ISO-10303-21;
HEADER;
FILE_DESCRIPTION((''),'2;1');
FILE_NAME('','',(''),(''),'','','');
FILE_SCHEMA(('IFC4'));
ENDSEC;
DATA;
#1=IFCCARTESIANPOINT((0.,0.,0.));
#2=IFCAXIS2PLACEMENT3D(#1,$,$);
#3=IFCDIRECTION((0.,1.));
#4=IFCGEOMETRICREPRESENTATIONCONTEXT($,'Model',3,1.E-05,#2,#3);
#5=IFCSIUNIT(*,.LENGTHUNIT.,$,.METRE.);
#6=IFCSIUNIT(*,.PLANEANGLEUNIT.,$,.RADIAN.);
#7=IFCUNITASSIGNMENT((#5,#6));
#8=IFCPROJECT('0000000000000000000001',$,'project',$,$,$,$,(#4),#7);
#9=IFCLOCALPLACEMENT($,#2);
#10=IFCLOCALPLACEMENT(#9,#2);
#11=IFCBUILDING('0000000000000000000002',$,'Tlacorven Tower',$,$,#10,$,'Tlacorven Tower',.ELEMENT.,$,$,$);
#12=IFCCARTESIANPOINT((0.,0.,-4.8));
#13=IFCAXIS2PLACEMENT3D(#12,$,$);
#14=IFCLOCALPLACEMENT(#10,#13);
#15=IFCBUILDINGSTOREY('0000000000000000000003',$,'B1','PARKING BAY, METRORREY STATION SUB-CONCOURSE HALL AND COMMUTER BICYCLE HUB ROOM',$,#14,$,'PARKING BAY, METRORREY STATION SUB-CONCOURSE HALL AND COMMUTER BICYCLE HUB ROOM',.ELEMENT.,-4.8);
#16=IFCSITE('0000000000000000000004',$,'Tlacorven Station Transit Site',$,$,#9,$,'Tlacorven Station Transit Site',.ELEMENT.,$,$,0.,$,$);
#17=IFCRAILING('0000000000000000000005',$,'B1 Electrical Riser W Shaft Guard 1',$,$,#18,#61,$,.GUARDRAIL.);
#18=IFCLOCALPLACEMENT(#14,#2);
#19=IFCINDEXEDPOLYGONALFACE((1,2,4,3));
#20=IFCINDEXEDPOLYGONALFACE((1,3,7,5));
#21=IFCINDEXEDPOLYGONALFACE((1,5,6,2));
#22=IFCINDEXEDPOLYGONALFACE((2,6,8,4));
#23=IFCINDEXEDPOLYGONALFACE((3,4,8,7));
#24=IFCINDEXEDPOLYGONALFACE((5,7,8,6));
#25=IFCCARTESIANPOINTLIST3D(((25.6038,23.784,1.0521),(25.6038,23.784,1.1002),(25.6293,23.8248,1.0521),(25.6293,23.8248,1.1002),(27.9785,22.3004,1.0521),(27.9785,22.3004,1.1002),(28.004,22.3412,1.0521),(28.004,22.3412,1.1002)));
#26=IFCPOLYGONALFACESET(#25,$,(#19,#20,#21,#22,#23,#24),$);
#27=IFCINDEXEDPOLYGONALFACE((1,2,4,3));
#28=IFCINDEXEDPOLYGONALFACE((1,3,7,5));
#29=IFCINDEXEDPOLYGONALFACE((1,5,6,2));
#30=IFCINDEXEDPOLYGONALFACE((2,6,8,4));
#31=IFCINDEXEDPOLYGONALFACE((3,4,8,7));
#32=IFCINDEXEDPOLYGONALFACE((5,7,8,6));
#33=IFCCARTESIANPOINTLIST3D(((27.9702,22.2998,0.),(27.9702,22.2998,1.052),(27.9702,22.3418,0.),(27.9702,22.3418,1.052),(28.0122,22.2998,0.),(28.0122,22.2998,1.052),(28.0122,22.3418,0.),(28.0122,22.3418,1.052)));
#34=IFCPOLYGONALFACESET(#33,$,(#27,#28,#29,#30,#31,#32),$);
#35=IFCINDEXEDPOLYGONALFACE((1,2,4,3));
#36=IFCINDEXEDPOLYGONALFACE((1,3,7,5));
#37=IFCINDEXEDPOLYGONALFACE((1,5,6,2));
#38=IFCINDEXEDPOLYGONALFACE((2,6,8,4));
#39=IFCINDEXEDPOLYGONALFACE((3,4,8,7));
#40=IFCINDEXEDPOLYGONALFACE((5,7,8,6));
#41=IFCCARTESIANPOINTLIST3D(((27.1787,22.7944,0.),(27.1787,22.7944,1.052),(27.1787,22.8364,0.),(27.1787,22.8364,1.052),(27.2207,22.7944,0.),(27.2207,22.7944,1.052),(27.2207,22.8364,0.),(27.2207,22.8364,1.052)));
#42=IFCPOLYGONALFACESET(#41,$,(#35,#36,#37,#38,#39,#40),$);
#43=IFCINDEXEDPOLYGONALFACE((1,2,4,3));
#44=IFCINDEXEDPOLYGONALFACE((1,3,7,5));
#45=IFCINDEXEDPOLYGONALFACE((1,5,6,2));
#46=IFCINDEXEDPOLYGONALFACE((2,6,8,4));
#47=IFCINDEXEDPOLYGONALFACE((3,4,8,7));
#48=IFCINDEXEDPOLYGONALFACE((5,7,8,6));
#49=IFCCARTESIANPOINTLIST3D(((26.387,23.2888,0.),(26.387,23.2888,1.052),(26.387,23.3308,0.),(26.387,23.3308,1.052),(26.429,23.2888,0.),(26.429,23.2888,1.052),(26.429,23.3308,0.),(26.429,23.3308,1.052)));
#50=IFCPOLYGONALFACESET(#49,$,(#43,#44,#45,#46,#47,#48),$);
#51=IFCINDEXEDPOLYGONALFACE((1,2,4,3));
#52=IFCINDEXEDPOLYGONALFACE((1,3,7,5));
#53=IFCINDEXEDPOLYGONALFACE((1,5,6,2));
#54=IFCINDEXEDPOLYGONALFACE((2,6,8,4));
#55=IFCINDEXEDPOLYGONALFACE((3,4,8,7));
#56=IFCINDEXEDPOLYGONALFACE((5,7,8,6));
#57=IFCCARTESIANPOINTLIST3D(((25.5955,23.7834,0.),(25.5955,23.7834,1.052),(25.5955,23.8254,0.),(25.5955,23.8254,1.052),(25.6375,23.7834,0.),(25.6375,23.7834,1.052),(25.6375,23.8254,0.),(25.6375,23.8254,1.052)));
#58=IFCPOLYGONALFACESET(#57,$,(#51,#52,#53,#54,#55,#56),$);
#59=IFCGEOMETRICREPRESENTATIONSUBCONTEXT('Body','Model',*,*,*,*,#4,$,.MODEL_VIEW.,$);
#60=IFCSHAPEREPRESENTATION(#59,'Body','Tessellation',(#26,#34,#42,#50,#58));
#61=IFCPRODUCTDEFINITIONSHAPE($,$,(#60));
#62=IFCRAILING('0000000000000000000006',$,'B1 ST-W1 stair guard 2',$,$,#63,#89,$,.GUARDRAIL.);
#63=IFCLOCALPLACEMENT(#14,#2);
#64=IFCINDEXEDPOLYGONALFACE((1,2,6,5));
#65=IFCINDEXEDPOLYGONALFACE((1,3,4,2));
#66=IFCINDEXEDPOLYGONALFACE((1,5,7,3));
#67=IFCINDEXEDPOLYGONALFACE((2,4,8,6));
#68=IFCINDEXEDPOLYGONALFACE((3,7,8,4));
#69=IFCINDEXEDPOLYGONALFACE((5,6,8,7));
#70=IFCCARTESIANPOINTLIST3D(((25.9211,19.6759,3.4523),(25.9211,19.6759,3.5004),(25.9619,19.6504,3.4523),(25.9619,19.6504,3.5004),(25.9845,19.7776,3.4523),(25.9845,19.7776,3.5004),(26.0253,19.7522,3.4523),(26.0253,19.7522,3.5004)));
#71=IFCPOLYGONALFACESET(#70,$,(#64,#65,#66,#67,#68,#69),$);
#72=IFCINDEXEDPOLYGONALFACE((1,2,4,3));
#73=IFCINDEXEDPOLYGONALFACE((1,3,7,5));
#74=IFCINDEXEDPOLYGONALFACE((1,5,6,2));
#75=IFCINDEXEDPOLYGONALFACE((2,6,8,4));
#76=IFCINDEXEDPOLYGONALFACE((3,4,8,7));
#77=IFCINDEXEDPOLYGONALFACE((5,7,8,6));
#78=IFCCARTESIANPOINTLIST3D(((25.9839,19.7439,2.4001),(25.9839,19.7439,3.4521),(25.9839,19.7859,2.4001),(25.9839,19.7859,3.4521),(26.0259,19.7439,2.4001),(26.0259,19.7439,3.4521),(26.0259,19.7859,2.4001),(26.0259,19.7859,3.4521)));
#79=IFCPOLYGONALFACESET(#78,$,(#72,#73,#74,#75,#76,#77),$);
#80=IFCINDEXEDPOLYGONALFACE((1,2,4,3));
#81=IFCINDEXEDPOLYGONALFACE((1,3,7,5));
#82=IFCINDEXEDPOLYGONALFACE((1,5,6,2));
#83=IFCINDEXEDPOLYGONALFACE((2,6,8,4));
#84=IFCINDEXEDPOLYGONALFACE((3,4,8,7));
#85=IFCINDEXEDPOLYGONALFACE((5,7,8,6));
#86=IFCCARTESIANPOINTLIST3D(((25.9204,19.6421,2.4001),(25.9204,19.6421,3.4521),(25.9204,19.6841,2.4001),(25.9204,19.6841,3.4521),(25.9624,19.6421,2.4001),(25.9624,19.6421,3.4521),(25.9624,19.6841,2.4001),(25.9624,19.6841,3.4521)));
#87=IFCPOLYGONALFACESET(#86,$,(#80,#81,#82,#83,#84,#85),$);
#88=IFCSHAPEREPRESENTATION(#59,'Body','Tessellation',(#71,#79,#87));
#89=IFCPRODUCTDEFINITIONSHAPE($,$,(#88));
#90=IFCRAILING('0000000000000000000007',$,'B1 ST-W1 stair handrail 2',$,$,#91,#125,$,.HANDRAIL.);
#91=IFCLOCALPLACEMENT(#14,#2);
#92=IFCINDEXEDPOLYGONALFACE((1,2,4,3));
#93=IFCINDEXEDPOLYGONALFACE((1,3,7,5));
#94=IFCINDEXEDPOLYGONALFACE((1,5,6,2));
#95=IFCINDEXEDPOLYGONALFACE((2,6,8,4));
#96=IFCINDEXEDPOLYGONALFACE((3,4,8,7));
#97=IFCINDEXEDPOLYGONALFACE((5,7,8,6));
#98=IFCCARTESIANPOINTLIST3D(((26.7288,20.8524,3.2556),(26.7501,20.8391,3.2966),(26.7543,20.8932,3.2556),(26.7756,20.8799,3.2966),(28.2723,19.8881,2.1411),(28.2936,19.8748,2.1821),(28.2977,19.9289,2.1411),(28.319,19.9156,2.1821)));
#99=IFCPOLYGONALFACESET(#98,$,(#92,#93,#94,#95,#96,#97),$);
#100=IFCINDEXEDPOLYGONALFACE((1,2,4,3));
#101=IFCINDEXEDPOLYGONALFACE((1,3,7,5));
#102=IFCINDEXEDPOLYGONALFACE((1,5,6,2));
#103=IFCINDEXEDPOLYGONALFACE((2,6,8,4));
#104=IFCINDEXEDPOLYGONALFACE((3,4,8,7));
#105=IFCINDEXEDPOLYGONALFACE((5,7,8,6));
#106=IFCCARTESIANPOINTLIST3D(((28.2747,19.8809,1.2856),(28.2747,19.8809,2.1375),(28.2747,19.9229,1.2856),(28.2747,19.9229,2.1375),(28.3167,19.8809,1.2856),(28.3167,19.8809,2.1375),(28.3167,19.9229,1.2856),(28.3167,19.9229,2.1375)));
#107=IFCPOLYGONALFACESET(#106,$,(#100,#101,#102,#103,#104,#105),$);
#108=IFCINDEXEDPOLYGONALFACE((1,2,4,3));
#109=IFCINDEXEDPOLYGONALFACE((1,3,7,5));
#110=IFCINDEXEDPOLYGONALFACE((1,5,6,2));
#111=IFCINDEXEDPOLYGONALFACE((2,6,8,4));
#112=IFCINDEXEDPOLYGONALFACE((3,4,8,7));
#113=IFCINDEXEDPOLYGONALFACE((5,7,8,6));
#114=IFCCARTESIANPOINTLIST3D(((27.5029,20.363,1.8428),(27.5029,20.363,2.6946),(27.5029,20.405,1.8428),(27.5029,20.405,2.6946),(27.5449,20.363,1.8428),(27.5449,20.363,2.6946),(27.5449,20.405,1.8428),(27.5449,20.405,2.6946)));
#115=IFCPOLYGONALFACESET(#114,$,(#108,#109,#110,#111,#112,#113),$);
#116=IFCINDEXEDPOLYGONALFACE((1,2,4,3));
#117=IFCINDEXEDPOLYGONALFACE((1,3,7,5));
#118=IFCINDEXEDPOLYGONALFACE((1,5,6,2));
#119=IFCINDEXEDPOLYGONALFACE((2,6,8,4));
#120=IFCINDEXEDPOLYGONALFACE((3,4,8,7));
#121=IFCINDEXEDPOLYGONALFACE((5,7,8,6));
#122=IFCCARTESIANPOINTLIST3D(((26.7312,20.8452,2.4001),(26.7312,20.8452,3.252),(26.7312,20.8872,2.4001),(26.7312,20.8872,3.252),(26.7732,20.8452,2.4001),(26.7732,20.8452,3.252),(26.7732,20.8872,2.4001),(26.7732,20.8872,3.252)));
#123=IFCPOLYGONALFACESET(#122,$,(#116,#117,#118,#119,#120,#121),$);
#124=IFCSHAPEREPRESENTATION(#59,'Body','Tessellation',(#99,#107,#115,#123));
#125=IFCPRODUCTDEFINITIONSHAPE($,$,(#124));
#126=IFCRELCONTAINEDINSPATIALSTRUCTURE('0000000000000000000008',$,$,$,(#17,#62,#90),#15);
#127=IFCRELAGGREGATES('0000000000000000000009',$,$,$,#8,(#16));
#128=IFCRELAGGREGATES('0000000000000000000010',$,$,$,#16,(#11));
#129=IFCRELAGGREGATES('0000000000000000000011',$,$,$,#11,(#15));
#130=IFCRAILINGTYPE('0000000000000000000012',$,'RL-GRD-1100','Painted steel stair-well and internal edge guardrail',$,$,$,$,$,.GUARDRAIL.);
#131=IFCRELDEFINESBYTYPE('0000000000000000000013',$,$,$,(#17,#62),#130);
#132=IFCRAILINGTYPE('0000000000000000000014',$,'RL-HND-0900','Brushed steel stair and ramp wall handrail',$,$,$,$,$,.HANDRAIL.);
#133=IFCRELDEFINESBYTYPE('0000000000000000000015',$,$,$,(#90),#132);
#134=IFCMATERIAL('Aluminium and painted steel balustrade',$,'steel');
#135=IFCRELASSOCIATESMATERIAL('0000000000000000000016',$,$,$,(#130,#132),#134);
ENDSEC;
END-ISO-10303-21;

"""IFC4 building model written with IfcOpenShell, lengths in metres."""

from ifc_helpers import new_model, si_unit, direction, frame, origin, origin_2d, place, context, subcontext, project, spatial, rectangle, extrude, source, transform, mapped, material, type_object, element, save


model = new_model("IFC4")

# Units and contexts
model_context = context("Model", 3, precision=1e-05, world=origin(), true_north=direction((0.0, 1.0)))
body_context = subcontext(model_context, "Body", "Model", "MODEL_VIEW")
ifc_project = project(units=[si_unit("LENGTHUNIT", "METRE"), si_unit("PLANEANGLEUNIT", "RADIAN")], contexts=[model_context])

# Site, building, storey
site_placement = place(None, origin())
site = spatial("IfcSite", under=ifc_project, at=site_placement, Name="Tlacorven Station Transit Site", LongName="Tlacorven Station Transit Site", CompositionType="ELEMENT", RefElevation=0.0)
building_placement = place(site_placement, origin())
building = spatial("IfcBuilding", under=site, at=building_placement, Name="Tlacorven Tower", LongName="Tlacorven Tower", CompositionType="ELEMENT")
storey_placement = place(building_placement, frame((0.0, 0.0, -4.8)))
storey = spatial("IfcBuildingStorey", under=building, at=storey_placement, Name="B1", Description="PARKING BAY, METRORREY STATION SUB-CONCOURSE HALL AND COMMUTER BICYCLE HUB ROOM", LongName="PARKING BAY, METRORREY STATION SUB-CONCOURSE HALL AND COMMUTER BICYCLE HUB ROOM", CompositionType="ELEMENT", Elevation=-4.8)

# Railings
ifc_material_1 = material(Name="Aluminium and painted steel balustrade", Category="steel")
railing_type_1 = type_object("IfcRailingType", Name="RL-GRD-1100", Description="Painted steel stair-well and internal edge guardrail", PredefinedType="GUARDRAIL", material=ifc_material_1)
shared_shape_1 = source(origin(), body_context, "Body", "SweptSolid", [
    extrude(rectangle(XDim=0.0481, YDim=0.0481, at=origin_2d()), frame((0.0, 0.0, 1.0762), z_axis=(-0.848091, 0.52985, 0.0), x_axis=(-0.52985, -0.848091, 0.0)), (0.0, 0.0, 1.0), 2.8),
    extrude(rectangle(XDim=0.042, YDim=0.042, at=origin_2d()), origin(), (0.0, 0.0, 1.0), 1.052),
    extrude(rectangle(XDim=0.042, YDim=0.042, at=origin_2d()), frame((-0.7915, 0.4946, 0.0)), (0.0, 0.0, 1.0), 1.052),
    extrude(rectangle(XDim=0.042, YDim=0.042, at=origin_2d()), frame((-1.5833, 0.989, 0.0)), (0.0, 0.0, 1.0), 1.052),
    extrude(rectangle(XDim=0.042, YDim=0.042, at=origin_2d()), frame((-2.3748, 1.4836, 0.0)), (0.0, 0.0, 1.0), 1.052),
])
railing_1_placement = place(storey_placement, frame((27.9912, 22.3208, 0.0)))
element("IfcRailing", 1, at=railing_1_placement, inside=storey, type_object=railing_type_1, Name="B1 Electrical Riser W Shaft Guard 1", PredefinedType="GUARDRAIL", context=body_context, shape_type="MappedRepresentation", body=[
    mapped(shared_shape_1, transform((0.0, 0.0, 0.0), scale=1.0)),
])
shared_shape_2 = source(origin(), body_context, "Body", "SweptSolid", [
    extrude(rectangle(XDim=0.0481, YDim=0.0481, at=origin_2d()), frame((0.0, 0.0, 1.0762), z_axis=(-0.529084, -0.848569, 0.0), x_axis=(0.848569, -0.529084, 0.0)), (0.0, 0.0, 1.0), 0.1199),
    extrude(rectangle(XDim=0.042, YDim=0.042, at=origin_2d()), origin(), (0.0, 0.0, 1.0), 1.052),
    extrude(rectangle(XDim=0.042, YDim=0.042, at=origin_2d()), frame((-0.0635, -0.1018, 0.0)), (0.0, 0.0, 1.0), 1.052),
])
railing_2_placement = place(storey_placement, frame((26.0049, 19.7649, 2.4001)))
element("IfcRailing", 2, at=railing_2_placement, inside=storey, type_object=railing_type_1, Name="B1 ST-W1 stair guard 2", PredefinedType="GUARDRAIL", context=body_context, shape_type="MappedRepresentation", body=[
    mapped(shared_shape_2, transform((0.0, 0.0, 0.0), scale=1.0)),
])
railing_type_2 = type_object("IfcRailingType", Name="RL-HND-0900", Description="Brushed steel stair and ramp wall handrail", PredefinedType="HANDRAIL", material=ifc_material_1)
shared_shape_3 = source(origin(), body_context, "Body", "SweptSolid", [
    extrude(rectangle(XDim=0.0481, YDim=0.0481, at=origin_2d()), frame((0.0, 0.0, 0.876), z_axis=(-0.723238, 0.451881, 0.522237), x_axis=(-0.529878, -0.848074, 0.0)), (0.0, 0.0, 1.0), 2.134),
    extrude(rectangle(XDim=0.042, YDim=0.042, at=origin_2d()), origin(), (0.0, 0.0, 1.0), 0.8518),
    extrude(rectangle(XDim=0.042, YDim=0.042, at=origin_2d()), frame((-0.7717, 0.4822, 0.5571)), (0.0, 0.0, 1.0), 0.8518),
    extrude(rectangle(XDim=0.042, YDim=0.042, at=origin_2d()), frame((-1.5435, 0.9644, 1.1145)), (0.0, 0.0, 1.0), 0.8518),
])
railing_3_placement = place(storey_placement, frame((28.2957, 19.9019, 1.2856)))
element("IfcRailing", 3, at=railing_3_placement, inside=storey, type_object=railing_type_2, Name="B1 ST-W1 stair handrail 2", PredefinedType="HANDRAIL", context=body_context, shape_type="MappedRepresentation", body=[
    mapped(shared_shape_3, transform((0.0, 0.0, 0.0), scale=1.0)),
])

save(model, "model.ifc")
